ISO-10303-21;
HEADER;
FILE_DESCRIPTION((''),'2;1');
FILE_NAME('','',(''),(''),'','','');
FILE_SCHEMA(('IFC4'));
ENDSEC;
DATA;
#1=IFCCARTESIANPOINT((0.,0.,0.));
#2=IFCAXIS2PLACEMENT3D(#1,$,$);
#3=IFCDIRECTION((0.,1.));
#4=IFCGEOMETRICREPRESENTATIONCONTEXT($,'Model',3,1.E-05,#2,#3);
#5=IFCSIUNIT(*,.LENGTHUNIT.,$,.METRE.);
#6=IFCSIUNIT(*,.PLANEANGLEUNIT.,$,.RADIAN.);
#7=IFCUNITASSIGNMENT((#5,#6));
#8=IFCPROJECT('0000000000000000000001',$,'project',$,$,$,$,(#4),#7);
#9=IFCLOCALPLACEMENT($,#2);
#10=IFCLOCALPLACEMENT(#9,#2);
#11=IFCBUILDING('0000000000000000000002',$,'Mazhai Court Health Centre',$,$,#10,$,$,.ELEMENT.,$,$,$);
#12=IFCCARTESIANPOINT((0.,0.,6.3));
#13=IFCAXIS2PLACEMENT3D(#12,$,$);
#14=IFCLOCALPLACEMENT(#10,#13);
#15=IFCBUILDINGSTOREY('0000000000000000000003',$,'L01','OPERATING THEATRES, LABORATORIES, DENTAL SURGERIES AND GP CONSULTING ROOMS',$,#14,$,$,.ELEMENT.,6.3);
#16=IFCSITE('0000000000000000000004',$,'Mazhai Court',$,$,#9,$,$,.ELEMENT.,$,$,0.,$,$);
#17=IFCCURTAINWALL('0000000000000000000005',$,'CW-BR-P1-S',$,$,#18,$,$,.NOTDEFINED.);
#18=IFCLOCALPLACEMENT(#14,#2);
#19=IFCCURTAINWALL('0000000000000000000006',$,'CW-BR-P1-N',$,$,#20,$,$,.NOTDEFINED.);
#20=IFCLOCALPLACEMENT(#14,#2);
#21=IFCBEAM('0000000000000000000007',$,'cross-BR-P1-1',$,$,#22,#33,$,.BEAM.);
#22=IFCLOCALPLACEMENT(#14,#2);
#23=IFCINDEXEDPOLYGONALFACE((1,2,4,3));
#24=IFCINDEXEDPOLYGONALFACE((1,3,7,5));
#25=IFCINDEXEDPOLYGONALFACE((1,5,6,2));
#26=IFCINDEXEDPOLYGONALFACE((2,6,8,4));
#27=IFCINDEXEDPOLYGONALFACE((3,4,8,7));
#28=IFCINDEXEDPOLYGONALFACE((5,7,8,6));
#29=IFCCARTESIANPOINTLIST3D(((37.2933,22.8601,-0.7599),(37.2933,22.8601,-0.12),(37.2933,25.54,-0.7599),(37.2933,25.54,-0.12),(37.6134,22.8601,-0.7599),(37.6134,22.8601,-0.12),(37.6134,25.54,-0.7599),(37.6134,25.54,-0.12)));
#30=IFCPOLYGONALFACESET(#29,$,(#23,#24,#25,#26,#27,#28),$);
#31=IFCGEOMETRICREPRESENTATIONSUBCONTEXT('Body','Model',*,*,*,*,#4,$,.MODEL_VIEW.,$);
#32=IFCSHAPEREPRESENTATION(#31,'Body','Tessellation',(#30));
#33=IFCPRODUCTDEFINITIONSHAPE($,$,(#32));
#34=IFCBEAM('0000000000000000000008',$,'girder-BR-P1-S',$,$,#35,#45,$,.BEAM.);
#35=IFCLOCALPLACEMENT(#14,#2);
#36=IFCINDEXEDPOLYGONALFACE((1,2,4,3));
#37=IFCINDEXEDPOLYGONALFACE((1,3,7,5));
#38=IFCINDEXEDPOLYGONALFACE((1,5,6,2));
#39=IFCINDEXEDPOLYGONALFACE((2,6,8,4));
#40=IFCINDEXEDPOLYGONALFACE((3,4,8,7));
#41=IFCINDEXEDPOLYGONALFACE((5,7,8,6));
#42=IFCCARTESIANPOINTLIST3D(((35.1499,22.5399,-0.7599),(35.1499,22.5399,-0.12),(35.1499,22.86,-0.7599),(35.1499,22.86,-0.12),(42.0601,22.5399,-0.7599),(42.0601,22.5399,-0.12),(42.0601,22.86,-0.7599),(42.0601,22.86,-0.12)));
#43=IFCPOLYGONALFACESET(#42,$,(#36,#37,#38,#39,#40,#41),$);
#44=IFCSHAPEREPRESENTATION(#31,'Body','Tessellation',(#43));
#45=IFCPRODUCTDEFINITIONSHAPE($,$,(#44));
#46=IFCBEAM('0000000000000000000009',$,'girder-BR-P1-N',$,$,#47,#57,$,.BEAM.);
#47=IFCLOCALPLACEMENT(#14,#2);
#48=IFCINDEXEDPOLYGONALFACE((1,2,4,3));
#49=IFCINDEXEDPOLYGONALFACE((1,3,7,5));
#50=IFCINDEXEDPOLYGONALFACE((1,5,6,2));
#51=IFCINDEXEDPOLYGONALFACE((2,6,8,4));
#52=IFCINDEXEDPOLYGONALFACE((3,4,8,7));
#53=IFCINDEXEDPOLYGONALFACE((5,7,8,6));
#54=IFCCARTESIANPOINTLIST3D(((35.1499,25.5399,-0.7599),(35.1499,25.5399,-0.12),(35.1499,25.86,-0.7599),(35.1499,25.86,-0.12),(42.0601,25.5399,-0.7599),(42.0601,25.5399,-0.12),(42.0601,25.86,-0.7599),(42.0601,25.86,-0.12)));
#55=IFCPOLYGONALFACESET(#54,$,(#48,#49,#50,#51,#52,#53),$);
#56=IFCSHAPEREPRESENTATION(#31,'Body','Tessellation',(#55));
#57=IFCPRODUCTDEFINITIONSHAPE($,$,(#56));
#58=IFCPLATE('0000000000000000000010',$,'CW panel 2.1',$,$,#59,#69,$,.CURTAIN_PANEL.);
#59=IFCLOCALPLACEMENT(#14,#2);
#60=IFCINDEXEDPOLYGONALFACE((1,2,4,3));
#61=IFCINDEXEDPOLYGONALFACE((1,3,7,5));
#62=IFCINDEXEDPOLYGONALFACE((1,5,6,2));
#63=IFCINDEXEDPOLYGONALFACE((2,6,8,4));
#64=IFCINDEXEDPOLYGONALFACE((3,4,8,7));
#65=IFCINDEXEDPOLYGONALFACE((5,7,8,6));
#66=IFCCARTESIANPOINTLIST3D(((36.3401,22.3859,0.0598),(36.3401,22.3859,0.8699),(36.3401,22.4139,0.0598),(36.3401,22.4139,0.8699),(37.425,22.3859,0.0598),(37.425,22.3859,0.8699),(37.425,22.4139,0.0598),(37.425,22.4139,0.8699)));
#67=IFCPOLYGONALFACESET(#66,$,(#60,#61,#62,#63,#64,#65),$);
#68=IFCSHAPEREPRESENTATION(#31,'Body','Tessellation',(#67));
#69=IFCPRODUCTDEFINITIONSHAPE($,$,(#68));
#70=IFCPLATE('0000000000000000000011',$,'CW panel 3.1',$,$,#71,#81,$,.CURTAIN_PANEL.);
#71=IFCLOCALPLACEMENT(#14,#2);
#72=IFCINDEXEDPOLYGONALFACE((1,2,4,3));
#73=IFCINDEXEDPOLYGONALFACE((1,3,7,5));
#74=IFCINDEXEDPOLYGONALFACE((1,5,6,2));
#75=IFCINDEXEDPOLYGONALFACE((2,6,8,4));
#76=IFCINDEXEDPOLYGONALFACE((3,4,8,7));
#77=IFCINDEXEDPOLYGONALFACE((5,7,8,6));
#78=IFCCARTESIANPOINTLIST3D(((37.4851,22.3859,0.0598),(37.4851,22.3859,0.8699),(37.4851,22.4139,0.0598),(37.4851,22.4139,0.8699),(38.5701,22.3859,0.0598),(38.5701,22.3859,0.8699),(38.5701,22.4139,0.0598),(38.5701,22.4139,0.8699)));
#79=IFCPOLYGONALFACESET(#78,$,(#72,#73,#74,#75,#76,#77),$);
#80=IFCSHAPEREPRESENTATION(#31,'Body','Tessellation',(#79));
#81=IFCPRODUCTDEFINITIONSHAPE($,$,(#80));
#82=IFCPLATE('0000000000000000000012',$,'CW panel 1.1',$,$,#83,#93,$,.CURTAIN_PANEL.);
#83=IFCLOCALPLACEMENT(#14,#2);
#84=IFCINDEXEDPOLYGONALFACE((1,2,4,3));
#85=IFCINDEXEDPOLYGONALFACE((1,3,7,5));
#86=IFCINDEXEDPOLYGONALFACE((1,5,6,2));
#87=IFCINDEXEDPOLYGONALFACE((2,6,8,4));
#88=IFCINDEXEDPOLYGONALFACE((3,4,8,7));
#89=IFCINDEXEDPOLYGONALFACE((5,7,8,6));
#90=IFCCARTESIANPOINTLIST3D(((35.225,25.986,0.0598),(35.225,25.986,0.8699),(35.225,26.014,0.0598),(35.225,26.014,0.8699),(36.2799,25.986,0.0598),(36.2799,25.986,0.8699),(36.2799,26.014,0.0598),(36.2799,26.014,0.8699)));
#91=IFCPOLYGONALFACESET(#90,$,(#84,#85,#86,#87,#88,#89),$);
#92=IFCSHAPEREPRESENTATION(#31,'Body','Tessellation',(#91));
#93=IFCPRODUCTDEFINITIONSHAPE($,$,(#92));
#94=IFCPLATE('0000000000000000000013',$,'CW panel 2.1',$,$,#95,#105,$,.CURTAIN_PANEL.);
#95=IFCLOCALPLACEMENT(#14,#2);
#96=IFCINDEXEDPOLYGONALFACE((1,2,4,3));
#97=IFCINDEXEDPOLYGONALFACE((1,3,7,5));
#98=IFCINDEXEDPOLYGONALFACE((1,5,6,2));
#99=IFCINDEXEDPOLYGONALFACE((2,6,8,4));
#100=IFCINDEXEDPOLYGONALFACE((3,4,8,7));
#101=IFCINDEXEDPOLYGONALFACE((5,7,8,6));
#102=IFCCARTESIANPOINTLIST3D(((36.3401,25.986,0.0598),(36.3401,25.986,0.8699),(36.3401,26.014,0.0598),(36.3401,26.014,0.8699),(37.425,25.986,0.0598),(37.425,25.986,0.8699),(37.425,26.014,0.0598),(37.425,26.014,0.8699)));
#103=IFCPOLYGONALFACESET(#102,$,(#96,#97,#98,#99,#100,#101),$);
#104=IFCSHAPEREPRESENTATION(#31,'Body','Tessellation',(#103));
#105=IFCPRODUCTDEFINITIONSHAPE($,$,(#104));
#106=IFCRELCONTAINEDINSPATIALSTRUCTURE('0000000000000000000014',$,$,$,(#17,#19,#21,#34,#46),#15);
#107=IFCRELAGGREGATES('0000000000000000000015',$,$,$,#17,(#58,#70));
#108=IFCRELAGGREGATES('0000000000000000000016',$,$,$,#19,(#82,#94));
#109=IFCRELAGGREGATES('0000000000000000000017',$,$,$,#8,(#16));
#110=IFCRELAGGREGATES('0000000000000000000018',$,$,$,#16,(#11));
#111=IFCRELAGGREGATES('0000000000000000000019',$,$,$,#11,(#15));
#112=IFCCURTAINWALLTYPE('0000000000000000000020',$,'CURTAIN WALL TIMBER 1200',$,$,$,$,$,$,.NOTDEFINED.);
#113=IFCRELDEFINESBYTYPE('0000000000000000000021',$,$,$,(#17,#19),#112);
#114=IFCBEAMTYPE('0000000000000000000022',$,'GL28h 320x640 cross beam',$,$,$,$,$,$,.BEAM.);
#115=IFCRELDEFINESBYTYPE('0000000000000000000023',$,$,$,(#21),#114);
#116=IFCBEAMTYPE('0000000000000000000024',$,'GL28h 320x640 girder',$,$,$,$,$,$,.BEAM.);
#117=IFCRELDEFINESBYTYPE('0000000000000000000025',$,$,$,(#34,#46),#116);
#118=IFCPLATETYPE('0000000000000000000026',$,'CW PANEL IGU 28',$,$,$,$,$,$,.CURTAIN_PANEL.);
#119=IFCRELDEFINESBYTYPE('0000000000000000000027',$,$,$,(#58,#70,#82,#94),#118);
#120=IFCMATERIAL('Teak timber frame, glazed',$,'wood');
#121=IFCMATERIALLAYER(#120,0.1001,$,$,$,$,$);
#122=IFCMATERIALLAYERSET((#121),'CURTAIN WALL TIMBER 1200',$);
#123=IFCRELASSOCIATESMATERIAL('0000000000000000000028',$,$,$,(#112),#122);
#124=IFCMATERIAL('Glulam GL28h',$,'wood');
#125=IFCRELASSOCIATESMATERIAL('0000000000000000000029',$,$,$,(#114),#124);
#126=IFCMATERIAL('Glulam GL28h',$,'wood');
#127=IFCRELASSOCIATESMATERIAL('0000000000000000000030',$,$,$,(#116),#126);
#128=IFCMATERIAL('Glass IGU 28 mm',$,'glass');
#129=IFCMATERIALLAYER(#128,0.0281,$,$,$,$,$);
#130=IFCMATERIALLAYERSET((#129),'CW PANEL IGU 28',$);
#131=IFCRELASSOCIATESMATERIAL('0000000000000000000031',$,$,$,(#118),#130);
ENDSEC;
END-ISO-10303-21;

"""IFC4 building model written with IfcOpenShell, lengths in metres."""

from ifc_helpers import new_model, si_unit, direction, frame, origin, origin_2d, place, context, subcontext, project, spatial, rectangle, extrude, material, layer, layer_set, material_profile, profile_set, type_object, element, aggregate, save


model = new_model("IFC4")

# Units and contexts
model_context = context("Model", 3, precision=1e-05, world=origin(), true_north=direction((0.0, 1.0)))
body_context = subcontext(model_context, "Body", "Model", "MODEL_VIEW")
ifc_project = project(units=[si_unit("LENGTHUNIT", "METRE"), si_unit("PLANEANGLEUNIT", "RADIAN")], contexts=[model_context])

# Site, building, storey
site_placement = place(None, origin())
site = spatial("IfcSite", under=ifc_project, at=site_placement, Name="Mazhai Court", CompositionType="ELEMENT", RefElevation=0.0)
building_placement = place(site_placement, origin())
building = spatial("IfcBuilding", under=site, at=building_placement, Name="Mazhai Court Health Centre", CompositionType="ELEMENT")
storey_placement = place(building_placement, frame((0.0, 0.0, 6.3)))
storey = spatial("IfcBuildingStorey", under=building, at=storey_placement, Name="L01", Description="OPERATING THEATRES, LABORATORIES, DENTAL SURGERIES AND GP CONSULTING ROOMS", CompositionType="ELEMENT", Elevation=6.3)

# Curtain walls
ifc_material_1 = material(Name="Teak timber frame, glazed", Category="wood")
ifc_layer_1 = layer(ifc_material_1, 0.1001)
ifc_layer_set_1 = layer_set([ifc_layer_1], Name="CURTAIN WALL TIMBER 1200")
curtain_wall_type = type_object("IfcCurtainWallType", Name="CURTAIN WALL TIMBER 1200", PredefinedType="NOTDEFINED", material=ifc_layer_set_1)
curtain_wall_1_placement = place(storey_placement, origin())
curtain_wall_1 = element("IfcCurtainWall", 1, at=curtain_wall_1_placement, inside=storey, type_object=curtain_wall_type, Name="CW-BR-P1-S", PredefinedType="NOTDEFINED")
curtain_wall_2_placement = place(storey_placement, origin())
curtain_wall_2 = element("IfcCurtainWall", 2, at=curtain_wall_2_placement, inside=storey, type_object=curtain_wall_type, Name="CW-BR-P1-N", PredefinedType="NOTDEFINED")

# Beams
ifc_material_2 = material(Name="Glulam GL28h", Category="wood")
ifc_material_profile_1 = material_profile(ifc_material_2, rectangle(XDim=0.3201, YDim=0.6399, at=origin_2d()), Name="GL28h 320x640")
ifc_profile_set_1 = profile_set([ifc_material_profile_1], Name="Glulam GL28h")
beam_type_1 = type_object("IfcBeamType", Name="GL28h 320x640 cross beam", PredefinedType="BEAM", material=ifc_profile_set_1)
beam_placement = place(storey_placement, frame((37.4534, 22.8601, -0.4399), z_axis=(0.0, 1.0, 0.0), x_axis=(-1.0, 0.0, 0.0)))
element("IfcBeam", 3, at=beam_placement, inside=storey, type_object=beam_type_1, Name="cross-BR-P1-1", PredefinedType="BEAM", context=body_context, shape_type="SweptSolid", body=[
    extrude(rectangle(XDim=0.3201, YDim=0.6399, at=origin_2d()), origin(), (0.0, 0.0, 1.0), 2.6799),
])
ifc_material_3 = material(Name="Glulam GL28h", Category="wood")
ifc_material_profile_2 = material_profile(ifc_material_3, rectangle(XDim=0.3201, YDim=0.6399, at=origin_2d()), Name="GL28h 320x640")
ifc_profile_set_2 = profile_set([ifc_material_profile_2], Name="Glulam GL28h")
beam_type_2 = type_object("IfcBeamType", Name="GL28h 320x640 girder", PredefinedType="BEAM", material=ifc_profile_set_2)
for number, where, z_axis, x_axis, name in (
    (4, (35.1499, 22.7, -0.4399), (1.0, 0.0, 0.0), (0.0, 1.0, 0.0), "girder-BR-P1-S"),
    (5, (35.1499, 25.7, -0.4399), (1.0, 0.0, 0.0), (0.0, 1.0, 0.0), "girder-BR-P1-N"),
):
    element("IfcBeam", number, at=place(storey_placement, frame(where, z_axis=z_axis, x_axis=x_axis)), inside=storey, type_object=beam_type_2, Name=name, PredefinedType="BEAM", context=body_context, shape_type="SweptSolid", body=[
        extrude(rectangle(XDim=0.3201, YDim=0.6399, at=origin_2d()), origin(), (0.0, 0.0, 1.0), 6.9102),
    ])

# Plates
ifc_material_4 = material(Name="Glass IGU 28 mm", Category="glass")
ifc_layer_2 = layer(ifc_material_4, 0.0281)
ifc_layer_set_2 = layer_set([ifc_layer_2], Name="CW PANEL IGU 28")
plate_type = type_object("IfcPlateType", Name="CW PANEL IGU 28", PredefinedType="CURTAIN_PANEL", material=ifc_layer_set_2)
plate_1_placement = place(storey_placement, frame((36.8826, 22.3999, 0.0598), z_axis=(0.0, 0.0, 1.0), x_axis=(1.0, 0.0, 0.0)))
plate_1 = element("IfcPlate", 6, at=plate_1_placement, type_object=plate_type, Name="CW panel 2.1", PredefinedType="CURTAIN_PANEL", context=body_context, shape_type="SweptSolid", body=[
    extrude(rectangle(XDim=1.085, YDim=0.0281, at=origin_2d()), origin(), (0.0, 0.0, 1.0), 0.8101),
])
plate_2_placement = place(storey_placement, frame((38.0276, 22.3999, 0.0598), z_axis=(0.0, 0.0, 1.0), x_axis=(1.0, 0.0, 0.0)))
plate_2 = element("IfcPlate", 7, at=plate_2_placement, type_object=plate_type, Name="CW panel 3.1", PredefinedType="CURTAIN_PANEL", context=body_context, shape_type="SweptSolid", body=[
    extrude(rectangle(XDim=1.085, YDim=0.0281, at=origin_2d()), origin(), (0.0, 0.0, 1.0), 0.8101),
])
aggregate(curtain_wall_1, [plate_1, plate_2])
plate_3_placement = place(storey_placement, frame((35.7524, 26.0, 0.0598), z_axis=(0.0, 0.0, 1.0), x_axis=(1.0, 0.0, 0.0)))
plate_3 = element("IfcPlate", 8, at=plate_3_placement, type_object=plate_type, Name="CW panel 1.1", PredefinedType="CURTAIN_PANEL", context=body_context, shape_type="SweptSolid", body=[
    extrude(rectangle(XDim=1.0549, YDim=0.0281, at=origin_2d()), origin(), (0.0, 0.0, 1.0), 0.8101),
])
plate_4_placement = place(storey_placement, frame((36.8826, 26.0, 0.0598), z_axis=(0.0, 0.0, 1.0), x_axis=(1.0, 0.0, 0.0)))
plate_4 = element("IfcPlate", 9, at=plate_4_placement, type_object=plate_type, Name="CW panel 2.1", PredefinedType="CURTAIN_PANEL", context=body_context, shape_type="SweptSolid", body=[
    extrude(rectangle(XDim=1.085, YDim=0.0281, at=origin_2d()), origin(), (0.0, 0.0, 1.0), 0.8101),
])
aggregate(curtain_wall_2, [plate_3, plate_4])

save(model, "model.ifc")
